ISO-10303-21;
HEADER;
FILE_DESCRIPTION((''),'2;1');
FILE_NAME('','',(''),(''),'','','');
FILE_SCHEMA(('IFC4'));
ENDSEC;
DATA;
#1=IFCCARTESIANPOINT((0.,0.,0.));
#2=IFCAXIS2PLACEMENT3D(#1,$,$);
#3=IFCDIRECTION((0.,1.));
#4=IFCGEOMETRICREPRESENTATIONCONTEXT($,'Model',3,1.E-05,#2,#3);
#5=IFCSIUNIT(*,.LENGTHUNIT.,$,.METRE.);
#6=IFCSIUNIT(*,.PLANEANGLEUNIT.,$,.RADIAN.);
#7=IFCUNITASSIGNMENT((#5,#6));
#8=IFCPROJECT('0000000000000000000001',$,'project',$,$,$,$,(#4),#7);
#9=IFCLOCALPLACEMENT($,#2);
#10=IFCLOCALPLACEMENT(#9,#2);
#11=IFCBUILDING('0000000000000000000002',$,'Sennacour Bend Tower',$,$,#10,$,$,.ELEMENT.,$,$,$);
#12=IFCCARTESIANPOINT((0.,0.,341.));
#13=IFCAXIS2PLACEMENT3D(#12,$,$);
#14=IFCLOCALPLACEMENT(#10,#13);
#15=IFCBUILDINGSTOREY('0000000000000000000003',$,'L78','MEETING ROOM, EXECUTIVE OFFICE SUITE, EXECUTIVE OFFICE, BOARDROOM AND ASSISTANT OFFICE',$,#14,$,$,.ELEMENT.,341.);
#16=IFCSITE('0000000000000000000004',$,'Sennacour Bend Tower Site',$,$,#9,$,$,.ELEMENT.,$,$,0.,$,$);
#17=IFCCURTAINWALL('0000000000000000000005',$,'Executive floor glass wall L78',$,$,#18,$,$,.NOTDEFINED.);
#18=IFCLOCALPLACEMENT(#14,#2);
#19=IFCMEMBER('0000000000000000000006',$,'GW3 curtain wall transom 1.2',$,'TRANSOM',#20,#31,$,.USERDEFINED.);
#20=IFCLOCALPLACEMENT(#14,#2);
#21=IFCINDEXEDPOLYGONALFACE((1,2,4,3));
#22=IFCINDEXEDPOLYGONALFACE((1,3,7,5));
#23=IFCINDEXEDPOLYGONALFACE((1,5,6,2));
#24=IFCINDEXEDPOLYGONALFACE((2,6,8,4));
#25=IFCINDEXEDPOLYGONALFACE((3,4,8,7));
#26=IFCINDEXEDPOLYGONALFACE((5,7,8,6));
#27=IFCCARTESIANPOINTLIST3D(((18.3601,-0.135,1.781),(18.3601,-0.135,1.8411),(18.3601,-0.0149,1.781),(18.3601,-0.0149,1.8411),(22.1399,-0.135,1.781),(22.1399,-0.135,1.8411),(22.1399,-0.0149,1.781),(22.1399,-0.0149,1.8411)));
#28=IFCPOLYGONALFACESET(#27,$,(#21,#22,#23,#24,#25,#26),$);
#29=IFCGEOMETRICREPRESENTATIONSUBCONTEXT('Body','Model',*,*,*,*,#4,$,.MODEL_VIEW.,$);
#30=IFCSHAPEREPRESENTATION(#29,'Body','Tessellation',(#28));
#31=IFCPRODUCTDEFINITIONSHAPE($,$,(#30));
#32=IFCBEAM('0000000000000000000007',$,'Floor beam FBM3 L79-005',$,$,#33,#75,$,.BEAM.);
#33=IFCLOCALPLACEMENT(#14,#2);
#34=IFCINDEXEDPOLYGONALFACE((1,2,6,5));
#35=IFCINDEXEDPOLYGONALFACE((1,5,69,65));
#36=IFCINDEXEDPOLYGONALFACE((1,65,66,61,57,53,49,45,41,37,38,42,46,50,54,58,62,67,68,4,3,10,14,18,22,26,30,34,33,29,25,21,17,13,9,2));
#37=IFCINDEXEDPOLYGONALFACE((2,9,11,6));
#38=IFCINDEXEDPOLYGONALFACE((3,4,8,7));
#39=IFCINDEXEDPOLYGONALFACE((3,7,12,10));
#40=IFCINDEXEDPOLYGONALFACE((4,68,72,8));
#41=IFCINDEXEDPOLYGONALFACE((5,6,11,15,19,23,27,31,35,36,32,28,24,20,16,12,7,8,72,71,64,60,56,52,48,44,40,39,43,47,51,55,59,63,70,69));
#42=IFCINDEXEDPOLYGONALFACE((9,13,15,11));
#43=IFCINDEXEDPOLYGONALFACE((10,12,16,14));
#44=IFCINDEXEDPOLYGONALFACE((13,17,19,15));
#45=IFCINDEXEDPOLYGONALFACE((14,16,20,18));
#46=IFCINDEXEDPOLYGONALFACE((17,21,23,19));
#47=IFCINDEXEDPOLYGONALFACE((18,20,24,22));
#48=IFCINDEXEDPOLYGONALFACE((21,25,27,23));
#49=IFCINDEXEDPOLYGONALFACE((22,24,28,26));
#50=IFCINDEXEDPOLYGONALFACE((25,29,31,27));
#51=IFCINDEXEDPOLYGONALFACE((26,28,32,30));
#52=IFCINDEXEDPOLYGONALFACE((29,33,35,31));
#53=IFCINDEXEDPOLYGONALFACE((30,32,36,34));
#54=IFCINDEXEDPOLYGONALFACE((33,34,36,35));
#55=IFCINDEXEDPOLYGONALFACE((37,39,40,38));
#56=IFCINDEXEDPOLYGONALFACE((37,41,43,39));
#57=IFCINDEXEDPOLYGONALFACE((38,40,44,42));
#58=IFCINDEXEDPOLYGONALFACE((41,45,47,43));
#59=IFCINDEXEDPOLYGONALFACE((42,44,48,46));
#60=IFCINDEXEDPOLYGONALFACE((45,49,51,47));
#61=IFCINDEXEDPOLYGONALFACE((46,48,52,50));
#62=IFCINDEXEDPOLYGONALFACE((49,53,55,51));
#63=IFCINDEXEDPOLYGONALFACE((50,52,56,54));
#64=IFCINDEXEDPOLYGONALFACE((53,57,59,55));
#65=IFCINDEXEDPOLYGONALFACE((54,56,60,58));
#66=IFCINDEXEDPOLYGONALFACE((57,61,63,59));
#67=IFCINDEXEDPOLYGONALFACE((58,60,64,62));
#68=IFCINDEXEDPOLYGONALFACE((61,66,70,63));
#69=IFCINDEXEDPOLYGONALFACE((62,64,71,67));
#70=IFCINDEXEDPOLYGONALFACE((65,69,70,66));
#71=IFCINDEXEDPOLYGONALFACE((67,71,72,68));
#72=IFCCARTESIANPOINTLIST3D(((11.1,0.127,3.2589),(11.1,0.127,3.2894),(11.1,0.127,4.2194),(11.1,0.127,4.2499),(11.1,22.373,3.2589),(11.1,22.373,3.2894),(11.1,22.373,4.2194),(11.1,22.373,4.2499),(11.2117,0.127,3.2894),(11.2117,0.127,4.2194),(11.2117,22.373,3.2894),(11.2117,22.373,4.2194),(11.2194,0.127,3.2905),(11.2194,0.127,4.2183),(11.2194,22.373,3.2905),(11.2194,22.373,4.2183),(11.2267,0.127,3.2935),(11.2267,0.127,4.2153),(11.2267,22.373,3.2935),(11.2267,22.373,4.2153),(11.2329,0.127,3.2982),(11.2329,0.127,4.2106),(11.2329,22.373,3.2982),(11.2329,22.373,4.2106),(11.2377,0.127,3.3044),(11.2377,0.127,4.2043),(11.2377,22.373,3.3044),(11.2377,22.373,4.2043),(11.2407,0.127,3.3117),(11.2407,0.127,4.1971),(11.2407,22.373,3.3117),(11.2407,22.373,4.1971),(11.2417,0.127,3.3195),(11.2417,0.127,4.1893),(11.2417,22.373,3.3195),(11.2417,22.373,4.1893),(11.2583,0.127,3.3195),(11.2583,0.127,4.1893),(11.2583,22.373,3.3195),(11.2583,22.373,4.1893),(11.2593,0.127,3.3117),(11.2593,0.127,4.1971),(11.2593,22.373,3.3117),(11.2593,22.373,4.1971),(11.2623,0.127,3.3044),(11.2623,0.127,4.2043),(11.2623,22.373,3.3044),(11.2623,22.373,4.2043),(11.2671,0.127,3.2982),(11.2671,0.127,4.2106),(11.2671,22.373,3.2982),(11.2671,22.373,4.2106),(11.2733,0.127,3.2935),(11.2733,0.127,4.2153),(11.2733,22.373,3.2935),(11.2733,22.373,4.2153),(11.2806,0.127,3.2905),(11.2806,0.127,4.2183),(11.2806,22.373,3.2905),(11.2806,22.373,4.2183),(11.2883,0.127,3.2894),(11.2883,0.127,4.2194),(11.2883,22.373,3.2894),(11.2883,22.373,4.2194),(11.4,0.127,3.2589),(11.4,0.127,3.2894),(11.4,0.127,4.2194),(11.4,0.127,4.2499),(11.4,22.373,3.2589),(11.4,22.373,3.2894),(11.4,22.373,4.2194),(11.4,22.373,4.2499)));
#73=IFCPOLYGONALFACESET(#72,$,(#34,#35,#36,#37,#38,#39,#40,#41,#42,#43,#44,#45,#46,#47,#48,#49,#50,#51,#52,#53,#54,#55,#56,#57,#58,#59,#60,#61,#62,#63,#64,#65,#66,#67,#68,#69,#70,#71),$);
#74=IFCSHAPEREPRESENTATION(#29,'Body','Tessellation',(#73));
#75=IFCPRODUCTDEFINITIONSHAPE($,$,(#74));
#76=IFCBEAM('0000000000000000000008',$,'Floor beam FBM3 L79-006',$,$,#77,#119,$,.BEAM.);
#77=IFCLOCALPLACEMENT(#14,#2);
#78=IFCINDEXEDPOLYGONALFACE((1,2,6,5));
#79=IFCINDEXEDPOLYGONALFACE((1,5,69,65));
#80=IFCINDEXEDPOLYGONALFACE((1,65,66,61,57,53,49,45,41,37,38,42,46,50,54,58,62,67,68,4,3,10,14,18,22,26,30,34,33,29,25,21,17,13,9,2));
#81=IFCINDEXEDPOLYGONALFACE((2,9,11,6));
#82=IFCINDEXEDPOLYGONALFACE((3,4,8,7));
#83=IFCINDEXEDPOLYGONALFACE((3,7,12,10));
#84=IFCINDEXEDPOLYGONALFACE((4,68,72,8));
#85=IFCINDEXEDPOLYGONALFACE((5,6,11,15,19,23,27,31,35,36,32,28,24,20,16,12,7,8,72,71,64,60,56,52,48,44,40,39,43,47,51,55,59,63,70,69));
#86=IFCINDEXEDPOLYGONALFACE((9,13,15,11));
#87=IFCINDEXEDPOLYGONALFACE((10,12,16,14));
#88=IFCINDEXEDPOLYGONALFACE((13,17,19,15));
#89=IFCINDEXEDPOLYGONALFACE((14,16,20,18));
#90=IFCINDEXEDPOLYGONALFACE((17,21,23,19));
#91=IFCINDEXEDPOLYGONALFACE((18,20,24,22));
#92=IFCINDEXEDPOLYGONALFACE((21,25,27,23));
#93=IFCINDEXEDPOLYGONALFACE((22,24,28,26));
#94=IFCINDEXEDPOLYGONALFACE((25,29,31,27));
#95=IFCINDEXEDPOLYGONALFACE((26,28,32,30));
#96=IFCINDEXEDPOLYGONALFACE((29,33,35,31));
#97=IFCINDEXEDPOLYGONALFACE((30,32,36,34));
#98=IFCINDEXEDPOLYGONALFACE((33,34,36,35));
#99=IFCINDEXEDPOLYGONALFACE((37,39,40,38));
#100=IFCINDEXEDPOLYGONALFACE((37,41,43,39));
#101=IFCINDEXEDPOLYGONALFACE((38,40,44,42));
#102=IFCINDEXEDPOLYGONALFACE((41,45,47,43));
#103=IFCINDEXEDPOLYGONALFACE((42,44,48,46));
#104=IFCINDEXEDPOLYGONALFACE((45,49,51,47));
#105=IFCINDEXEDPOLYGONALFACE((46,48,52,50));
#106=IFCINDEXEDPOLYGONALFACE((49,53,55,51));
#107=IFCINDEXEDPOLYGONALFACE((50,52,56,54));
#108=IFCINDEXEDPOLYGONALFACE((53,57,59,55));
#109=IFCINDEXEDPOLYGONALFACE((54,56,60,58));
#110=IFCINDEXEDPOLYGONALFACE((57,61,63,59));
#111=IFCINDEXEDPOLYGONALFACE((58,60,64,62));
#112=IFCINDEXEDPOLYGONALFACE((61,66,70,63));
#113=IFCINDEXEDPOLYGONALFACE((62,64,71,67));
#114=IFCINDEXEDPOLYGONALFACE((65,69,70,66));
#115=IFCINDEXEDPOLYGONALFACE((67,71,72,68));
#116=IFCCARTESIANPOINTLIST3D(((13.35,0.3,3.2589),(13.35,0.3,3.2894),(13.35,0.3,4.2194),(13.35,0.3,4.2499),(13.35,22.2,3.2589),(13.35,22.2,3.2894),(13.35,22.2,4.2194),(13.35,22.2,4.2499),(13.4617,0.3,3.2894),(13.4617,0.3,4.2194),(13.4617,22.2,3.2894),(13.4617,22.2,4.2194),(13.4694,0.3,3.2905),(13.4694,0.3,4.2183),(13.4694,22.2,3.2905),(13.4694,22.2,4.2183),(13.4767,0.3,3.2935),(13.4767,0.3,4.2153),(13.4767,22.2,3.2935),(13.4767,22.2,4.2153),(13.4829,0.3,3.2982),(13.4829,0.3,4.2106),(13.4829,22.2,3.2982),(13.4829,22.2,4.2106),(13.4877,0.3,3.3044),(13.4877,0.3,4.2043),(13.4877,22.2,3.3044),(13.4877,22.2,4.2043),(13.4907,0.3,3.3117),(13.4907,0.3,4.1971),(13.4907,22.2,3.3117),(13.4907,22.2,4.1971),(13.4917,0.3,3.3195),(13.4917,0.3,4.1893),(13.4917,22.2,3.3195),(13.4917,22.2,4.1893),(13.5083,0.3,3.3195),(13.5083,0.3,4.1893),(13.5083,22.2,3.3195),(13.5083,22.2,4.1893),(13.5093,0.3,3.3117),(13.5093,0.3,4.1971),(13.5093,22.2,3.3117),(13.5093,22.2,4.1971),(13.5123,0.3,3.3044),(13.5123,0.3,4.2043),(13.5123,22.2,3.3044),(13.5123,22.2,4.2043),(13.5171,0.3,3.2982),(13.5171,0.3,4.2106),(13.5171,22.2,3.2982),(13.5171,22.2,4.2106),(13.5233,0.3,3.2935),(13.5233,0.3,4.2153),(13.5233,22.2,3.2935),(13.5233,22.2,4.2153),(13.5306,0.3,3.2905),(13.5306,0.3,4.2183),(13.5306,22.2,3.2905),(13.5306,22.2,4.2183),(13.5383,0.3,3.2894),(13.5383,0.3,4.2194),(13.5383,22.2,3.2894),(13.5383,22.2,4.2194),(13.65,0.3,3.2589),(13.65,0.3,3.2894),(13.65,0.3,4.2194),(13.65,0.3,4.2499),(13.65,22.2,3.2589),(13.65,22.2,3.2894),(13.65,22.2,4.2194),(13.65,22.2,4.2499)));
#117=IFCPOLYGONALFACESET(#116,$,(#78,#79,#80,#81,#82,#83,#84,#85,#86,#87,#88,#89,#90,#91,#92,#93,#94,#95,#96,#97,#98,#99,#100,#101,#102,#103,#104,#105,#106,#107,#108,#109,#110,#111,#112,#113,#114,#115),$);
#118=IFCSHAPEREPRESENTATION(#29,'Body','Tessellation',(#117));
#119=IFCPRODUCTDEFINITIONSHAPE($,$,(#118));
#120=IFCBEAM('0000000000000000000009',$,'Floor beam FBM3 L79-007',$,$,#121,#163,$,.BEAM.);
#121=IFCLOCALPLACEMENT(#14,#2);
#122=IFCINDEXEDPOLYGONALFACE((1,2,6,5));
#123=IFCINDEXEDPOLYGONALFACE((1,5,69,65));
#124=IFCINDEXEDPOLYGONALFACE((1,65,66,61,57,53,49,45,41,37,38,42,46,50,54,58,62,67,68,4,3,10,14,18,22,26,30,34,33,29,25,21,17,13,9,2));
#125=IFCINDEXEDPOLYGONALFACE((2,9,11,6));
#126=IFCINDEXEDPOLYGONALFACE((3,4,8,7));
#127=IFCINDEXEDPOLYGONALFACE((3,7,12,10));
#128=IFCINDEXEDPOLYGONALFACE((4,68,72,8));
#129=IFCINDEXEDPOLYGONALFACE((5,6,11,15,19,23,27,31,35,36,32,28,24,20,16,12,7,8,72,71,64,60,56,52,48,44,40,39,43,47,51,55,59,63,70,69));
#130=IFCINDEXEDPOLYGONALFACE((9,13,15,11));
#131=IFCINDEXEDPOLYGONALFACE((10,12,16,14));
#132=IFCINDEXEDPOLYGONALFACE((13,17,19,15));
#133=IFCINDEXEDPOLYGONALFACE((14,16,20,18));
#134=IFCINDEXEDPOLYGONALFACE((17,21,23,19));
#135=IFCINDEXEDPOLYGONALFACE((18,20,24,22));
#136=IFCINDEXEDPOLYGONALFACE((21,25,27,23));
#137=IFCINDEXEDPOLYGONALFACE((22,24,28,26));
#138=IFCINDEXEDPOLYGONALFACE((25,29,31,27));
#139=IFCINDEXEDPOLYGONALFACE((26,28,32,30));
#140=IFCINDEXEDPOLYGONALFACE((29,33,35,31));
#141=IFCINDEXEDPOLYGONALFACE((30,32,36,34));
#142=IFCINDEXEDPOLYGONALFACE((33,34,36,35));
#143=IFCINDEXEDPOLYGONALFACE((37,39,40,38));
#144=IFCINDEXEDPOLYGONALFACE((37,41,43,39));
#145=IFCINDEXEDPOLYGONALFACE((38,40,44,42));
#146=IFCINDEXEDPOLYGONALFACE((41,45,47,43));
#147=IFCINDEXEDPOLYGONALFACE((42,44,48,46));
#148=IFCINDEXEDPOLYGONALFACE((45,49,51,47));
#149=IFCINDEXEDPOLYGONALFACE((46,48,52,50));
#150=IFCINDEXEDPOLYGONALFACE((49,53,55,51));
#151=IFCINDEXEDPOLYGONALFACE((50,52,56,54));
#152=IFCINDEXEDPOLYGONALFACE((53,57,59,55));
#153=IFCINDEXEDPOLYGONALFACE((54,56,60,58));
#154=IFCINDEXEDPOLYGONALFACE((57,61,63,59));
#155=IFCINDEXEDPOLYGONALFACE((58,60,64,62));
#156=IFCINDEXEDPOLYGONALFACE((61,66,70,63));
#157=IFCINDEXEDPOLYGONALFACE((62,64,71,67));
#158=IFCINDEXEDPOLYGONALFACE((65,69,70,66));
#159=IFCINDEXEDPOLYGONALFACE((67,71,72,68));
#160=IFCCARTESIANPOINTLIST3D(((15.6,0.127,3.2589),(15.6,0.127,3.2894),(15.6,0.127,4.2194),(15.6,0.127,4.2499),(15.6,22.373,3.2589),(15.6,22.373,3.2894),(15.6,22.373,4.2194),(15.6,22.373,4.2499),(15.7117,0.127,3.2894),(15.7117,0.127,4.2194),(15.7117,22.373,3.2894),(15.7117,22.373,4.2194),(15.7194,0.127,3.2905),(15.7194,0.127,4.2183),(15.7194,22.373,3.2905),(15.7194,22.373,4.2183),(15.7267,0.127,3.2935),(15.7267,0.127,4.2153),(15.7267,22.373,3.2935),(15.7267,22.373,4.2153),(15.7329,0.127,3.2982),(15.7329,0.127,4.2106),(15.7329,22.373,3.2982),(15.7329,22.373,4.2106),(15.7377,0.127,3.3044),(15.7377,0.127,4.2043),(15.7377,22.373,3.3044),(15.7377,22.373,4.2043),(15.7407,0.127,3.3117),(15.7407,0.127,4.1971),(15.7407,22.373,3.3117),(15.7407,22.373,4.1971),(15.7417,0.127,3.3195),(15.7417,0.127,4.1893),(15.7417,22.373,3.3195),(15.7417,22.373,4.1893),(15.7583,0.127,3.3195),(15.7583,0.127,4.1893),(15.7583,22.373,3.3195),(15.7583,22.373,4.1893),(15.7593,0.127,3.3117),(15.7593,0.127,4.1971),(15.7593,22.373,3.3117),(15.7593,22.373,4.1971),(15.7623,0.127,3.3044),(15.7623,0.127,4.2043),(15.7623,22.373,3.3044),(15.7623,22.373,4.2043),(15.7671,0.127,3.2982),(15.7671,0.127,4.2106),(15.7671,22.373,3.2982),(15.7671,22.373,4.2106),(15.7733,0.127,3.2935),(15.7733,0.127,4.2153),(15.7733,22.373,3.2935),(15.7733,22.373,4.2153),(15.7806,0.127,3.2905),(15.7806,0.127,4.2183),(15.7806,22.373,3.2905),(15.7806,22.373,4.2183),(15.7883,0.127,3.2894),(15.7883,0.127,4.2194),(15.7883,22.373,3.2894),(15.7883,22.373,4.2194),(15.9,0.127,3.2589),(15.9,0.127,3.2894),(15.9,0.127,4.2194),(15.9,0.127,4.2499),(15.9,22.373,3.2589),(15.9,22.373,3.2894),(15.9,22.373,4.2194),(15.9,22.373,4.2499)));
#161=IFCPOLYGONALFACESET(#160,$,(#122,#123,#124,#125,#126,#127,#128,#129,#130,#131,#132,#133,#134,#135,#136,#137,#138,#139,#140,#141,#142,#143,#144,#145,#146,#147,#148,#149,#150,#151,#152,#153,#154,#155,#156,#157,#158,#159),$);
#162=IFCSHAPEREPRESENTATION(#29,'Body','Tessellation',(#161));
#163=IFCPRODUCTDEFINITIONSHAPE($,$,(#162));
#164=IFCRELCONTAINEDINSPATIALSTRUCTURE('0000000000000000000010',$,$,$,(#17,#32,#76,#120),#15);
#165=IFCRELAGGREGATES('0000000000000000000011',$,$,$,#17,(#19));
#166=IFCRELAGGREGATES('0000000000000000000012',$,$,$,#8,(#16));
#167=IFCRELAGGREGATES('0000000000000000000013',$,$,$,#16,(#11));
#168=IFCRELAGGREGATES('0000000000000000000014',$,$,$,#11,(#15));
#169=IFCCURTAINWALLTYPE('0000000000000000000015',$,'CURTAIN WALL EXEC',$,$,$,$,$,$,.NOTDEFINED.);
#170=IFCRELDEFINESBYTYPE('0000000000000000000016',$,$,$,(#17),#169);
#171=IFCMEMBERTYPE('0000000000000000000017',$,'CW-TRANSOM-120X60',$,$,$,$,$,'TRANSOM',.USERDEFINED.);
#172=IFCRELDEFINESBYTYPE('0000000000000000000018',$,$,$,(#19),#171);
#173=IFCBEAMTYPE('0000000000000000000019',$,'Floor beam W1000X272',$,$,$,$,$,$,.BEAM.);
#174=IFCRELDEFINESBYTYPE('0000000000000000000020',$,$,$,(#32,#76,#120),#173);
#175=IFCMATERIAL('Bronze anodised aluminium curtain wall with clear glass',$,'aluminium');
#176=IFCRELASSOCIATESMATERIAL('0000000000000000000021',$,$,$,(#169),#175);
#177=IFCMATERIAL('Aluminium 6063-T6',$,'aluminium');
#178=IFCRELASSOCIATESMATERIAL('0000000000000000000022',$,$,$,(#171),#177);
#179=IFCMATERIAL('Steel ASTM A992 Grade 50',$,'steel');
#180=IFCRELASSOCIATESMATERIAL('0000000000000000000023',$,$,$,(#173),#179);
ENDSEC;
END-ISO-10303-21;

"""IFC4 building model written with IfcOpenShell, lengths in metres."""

from ifc_helpers import new_model, si_unit, direction, frame, origin, origin_2d, place, context, subcontext, project, spatial, rectangle, i_section, extrude, material, material_profile, profile_set, type_object, element, aggregate, save


model = new_model("IFC4")

# Units and contexts
model_context = context("Model", 3, precision=1e-05, world=origin(), true_north=direction((0.0, 1.0)))
body_context = subcontext(model_context, "Body", "Model", "MODEL_VIEW")
ifc_project = project(units=[si_unit("LENGTHUNIT", "METRE"), si_unit("PLANEANGLEUNIT", "RADIAN")], contexts=[model_context])

# Site, building, storey
site_placement = place(None, origin())
site = spatial("IfcSite", under=ifc_project, at=site_placement, Name="Sennacour Bend Tower Site", CompositionType="ELEMENT", RefElevation=0.0)
building_placement = place(site_placement, origin())
building = spatial("IfcBuilding", under=site, at=building_placement, Name="Sennacour Bend Tower", CompositionType="ELEMENT")
storey_placement = place(building_placement, frame((0.0, 0.0, 341.0)))
storey = spatial("IfcBuildingStorey", under=building, at=storey_placement, Name="L78", Description="MEETING ROOM, EXECUTIVE OFFICE SUITE, EXECUTIVE OFFICE, BOARDROOM AND ASSISTANT OFFICE", CompositionType="ELEMENT", Elevation=341.0)

# Shared definitions
ifc_material_1 = material(Name="Bronze anodised aluminium curtain wall with clear glass", Category="aluminium")
curtain_wall_type = type_object("IfcCurtainWallType", Name="CURTAIN WALL EXEC", PredefinedType="NOTDEFINED", material=ifc_material_1)
ifc_material_2 = material(Name="Aluminium 6063-T6", Category="aluminium")

# Curtain wall
curtain_wall_1_placement = place(storey_placement, origin())
curtain_wall_1 = element("IfcCurtainWall", 1, at=curtain_wall_1_placement, inside=storey, type_object=curtain_wall_type, Name="Executive floor glass wall L78", PredefinedType="NOTDEFINED")

# Member
ifc_material_profile_1 = material_profile(ifc_material_2, rectangle(XDim=0.1201, YDim=0.0601, at=origin_2d()), Name="Aluminium 6063-T6", Category="aluminium")
ifc_profile_set_1 = profile_set([ifc_material_profile_1], Name="Aluminium 6063-T6")
member_type_1 = type_object("IfcMemberType", Name="CW-TRANSOM-120X60", ElementType="TRANSOM", PredefinedType="USERDEFINED", material=ifc_profile_set_1)
member_1_placement = place(storey_placement, frame((18.3601, -0.075, 1.811), z_axis=(1.0, 0.0, 0.0), x_axis=(0.0, 1.0, 0.0)))
member_1 = element("IfcMember", 2, at=member_1_placement, type_object=member_type_1, Name="GW3 curtain wall transom 1.2", ObjectType="TRANSOM", PredefinedType="USERDEFINED", context=body_context, shape_type="SweptSolid", body=[
    extrude(rectangle(XDim=0.1201, YDim=0.0601, at=origin_2d()), origin(), (0.0, 0.0, 1.0), 3.7798),
])
aggregate(curtain_wall_1, [member_1])

# Beams
ifc_material_3 = material(Name="Steel ASTM A992 Grade 50", Category="steel")
ifc_material_profile_2 = material_profile(ifc_material_3, i_section(OverallWidth=0.3, OverallDepth=0.991, WebThickness=0.0166, FlangeThickness=0.0305, FilletRadius=0.03, at=origin_2d()), Name="Steel ASTM A992 Grade 50", Category="steel")
ifc_profile_set_2 = profile_set([ifc_material_profile_2], Name="Steel ASTM A992 Grade 50")
beam_type_1 = type_object("IfcBeamType", Name="Floor beam W1000X272", PredefinedType="BEAM", material=ifc_profile_set_2)
beam_1_placement = place(storey_placement, frame((11.25, 0.127, 3.7544), z_axis=(0.0, 1.0, 0.0), x_axis=(-1.0, 0.0, 0.0)))
element("IfcBeam", 3, at=beam_1_placement, inside=storey, type_object=beam_type_1, Name="Floor beam FBM3 L79-005", PredefinedType="BEAM", context=body_context, shape_type="SweptSolid", body=[
    extrude(i_section(OverallWidth=0.3, OverallDepth=0.991, WebThickness=0.0166, FlangeThickness=0.0305, FilletRadius=0.03, at=origin_2d()), origin(), (0.0, 0.0, 1.0), 22.2461),
])
beam_2_placement = place(storey_placement, frame((13.5, 0.3, 3.7544), z_axis=(0.0, 1.0, 0.0), x_axis=(-1.0, 0.0, 0.0)))
element("IfcBeam", 4, at=beam_2_placement, inside=storey, type_object=beam_type_1, Name="Floor beam FBM3 L79-006", PredefinedType="BEAM", context=body_context, shape_type="SweptSolid", body=[
    extrude(i_section(OverallWidth=0.3, OverallDepth=0.991, WebThickness=0.0166, FlangeThickness=0.0305, FilletRadius=0.03, at=origin_2d()), origin(), (0.0, 0.0, 1.0), 21.8999),
])
beam_3_placement = place(storey_placement, frame((15.75, 0.127, 3.7544), z_axis=(0.0, 1.0, 0.0), x_axis=(-1.0, 0.0, 0.0)))
element("IfcBeam", 5, at=beam_3_placement, inside=storey, type_object=beam_type_1, Name="Floor beam FBM3 L79-007", PredefinedType="BEAM", context=body_context, shape_type="SweptSolid", body=[
    extrude(i_section(OverallWidth=0.3, OverallDepth=0.991, WebThickness=0.0166, FlangeThickness=0.0305, FilletRadius=0.03, at=origin_2d()), origin(), (0.0, 0.0, 1.0), 22.2461),
])

save(model, "model.ifc")
